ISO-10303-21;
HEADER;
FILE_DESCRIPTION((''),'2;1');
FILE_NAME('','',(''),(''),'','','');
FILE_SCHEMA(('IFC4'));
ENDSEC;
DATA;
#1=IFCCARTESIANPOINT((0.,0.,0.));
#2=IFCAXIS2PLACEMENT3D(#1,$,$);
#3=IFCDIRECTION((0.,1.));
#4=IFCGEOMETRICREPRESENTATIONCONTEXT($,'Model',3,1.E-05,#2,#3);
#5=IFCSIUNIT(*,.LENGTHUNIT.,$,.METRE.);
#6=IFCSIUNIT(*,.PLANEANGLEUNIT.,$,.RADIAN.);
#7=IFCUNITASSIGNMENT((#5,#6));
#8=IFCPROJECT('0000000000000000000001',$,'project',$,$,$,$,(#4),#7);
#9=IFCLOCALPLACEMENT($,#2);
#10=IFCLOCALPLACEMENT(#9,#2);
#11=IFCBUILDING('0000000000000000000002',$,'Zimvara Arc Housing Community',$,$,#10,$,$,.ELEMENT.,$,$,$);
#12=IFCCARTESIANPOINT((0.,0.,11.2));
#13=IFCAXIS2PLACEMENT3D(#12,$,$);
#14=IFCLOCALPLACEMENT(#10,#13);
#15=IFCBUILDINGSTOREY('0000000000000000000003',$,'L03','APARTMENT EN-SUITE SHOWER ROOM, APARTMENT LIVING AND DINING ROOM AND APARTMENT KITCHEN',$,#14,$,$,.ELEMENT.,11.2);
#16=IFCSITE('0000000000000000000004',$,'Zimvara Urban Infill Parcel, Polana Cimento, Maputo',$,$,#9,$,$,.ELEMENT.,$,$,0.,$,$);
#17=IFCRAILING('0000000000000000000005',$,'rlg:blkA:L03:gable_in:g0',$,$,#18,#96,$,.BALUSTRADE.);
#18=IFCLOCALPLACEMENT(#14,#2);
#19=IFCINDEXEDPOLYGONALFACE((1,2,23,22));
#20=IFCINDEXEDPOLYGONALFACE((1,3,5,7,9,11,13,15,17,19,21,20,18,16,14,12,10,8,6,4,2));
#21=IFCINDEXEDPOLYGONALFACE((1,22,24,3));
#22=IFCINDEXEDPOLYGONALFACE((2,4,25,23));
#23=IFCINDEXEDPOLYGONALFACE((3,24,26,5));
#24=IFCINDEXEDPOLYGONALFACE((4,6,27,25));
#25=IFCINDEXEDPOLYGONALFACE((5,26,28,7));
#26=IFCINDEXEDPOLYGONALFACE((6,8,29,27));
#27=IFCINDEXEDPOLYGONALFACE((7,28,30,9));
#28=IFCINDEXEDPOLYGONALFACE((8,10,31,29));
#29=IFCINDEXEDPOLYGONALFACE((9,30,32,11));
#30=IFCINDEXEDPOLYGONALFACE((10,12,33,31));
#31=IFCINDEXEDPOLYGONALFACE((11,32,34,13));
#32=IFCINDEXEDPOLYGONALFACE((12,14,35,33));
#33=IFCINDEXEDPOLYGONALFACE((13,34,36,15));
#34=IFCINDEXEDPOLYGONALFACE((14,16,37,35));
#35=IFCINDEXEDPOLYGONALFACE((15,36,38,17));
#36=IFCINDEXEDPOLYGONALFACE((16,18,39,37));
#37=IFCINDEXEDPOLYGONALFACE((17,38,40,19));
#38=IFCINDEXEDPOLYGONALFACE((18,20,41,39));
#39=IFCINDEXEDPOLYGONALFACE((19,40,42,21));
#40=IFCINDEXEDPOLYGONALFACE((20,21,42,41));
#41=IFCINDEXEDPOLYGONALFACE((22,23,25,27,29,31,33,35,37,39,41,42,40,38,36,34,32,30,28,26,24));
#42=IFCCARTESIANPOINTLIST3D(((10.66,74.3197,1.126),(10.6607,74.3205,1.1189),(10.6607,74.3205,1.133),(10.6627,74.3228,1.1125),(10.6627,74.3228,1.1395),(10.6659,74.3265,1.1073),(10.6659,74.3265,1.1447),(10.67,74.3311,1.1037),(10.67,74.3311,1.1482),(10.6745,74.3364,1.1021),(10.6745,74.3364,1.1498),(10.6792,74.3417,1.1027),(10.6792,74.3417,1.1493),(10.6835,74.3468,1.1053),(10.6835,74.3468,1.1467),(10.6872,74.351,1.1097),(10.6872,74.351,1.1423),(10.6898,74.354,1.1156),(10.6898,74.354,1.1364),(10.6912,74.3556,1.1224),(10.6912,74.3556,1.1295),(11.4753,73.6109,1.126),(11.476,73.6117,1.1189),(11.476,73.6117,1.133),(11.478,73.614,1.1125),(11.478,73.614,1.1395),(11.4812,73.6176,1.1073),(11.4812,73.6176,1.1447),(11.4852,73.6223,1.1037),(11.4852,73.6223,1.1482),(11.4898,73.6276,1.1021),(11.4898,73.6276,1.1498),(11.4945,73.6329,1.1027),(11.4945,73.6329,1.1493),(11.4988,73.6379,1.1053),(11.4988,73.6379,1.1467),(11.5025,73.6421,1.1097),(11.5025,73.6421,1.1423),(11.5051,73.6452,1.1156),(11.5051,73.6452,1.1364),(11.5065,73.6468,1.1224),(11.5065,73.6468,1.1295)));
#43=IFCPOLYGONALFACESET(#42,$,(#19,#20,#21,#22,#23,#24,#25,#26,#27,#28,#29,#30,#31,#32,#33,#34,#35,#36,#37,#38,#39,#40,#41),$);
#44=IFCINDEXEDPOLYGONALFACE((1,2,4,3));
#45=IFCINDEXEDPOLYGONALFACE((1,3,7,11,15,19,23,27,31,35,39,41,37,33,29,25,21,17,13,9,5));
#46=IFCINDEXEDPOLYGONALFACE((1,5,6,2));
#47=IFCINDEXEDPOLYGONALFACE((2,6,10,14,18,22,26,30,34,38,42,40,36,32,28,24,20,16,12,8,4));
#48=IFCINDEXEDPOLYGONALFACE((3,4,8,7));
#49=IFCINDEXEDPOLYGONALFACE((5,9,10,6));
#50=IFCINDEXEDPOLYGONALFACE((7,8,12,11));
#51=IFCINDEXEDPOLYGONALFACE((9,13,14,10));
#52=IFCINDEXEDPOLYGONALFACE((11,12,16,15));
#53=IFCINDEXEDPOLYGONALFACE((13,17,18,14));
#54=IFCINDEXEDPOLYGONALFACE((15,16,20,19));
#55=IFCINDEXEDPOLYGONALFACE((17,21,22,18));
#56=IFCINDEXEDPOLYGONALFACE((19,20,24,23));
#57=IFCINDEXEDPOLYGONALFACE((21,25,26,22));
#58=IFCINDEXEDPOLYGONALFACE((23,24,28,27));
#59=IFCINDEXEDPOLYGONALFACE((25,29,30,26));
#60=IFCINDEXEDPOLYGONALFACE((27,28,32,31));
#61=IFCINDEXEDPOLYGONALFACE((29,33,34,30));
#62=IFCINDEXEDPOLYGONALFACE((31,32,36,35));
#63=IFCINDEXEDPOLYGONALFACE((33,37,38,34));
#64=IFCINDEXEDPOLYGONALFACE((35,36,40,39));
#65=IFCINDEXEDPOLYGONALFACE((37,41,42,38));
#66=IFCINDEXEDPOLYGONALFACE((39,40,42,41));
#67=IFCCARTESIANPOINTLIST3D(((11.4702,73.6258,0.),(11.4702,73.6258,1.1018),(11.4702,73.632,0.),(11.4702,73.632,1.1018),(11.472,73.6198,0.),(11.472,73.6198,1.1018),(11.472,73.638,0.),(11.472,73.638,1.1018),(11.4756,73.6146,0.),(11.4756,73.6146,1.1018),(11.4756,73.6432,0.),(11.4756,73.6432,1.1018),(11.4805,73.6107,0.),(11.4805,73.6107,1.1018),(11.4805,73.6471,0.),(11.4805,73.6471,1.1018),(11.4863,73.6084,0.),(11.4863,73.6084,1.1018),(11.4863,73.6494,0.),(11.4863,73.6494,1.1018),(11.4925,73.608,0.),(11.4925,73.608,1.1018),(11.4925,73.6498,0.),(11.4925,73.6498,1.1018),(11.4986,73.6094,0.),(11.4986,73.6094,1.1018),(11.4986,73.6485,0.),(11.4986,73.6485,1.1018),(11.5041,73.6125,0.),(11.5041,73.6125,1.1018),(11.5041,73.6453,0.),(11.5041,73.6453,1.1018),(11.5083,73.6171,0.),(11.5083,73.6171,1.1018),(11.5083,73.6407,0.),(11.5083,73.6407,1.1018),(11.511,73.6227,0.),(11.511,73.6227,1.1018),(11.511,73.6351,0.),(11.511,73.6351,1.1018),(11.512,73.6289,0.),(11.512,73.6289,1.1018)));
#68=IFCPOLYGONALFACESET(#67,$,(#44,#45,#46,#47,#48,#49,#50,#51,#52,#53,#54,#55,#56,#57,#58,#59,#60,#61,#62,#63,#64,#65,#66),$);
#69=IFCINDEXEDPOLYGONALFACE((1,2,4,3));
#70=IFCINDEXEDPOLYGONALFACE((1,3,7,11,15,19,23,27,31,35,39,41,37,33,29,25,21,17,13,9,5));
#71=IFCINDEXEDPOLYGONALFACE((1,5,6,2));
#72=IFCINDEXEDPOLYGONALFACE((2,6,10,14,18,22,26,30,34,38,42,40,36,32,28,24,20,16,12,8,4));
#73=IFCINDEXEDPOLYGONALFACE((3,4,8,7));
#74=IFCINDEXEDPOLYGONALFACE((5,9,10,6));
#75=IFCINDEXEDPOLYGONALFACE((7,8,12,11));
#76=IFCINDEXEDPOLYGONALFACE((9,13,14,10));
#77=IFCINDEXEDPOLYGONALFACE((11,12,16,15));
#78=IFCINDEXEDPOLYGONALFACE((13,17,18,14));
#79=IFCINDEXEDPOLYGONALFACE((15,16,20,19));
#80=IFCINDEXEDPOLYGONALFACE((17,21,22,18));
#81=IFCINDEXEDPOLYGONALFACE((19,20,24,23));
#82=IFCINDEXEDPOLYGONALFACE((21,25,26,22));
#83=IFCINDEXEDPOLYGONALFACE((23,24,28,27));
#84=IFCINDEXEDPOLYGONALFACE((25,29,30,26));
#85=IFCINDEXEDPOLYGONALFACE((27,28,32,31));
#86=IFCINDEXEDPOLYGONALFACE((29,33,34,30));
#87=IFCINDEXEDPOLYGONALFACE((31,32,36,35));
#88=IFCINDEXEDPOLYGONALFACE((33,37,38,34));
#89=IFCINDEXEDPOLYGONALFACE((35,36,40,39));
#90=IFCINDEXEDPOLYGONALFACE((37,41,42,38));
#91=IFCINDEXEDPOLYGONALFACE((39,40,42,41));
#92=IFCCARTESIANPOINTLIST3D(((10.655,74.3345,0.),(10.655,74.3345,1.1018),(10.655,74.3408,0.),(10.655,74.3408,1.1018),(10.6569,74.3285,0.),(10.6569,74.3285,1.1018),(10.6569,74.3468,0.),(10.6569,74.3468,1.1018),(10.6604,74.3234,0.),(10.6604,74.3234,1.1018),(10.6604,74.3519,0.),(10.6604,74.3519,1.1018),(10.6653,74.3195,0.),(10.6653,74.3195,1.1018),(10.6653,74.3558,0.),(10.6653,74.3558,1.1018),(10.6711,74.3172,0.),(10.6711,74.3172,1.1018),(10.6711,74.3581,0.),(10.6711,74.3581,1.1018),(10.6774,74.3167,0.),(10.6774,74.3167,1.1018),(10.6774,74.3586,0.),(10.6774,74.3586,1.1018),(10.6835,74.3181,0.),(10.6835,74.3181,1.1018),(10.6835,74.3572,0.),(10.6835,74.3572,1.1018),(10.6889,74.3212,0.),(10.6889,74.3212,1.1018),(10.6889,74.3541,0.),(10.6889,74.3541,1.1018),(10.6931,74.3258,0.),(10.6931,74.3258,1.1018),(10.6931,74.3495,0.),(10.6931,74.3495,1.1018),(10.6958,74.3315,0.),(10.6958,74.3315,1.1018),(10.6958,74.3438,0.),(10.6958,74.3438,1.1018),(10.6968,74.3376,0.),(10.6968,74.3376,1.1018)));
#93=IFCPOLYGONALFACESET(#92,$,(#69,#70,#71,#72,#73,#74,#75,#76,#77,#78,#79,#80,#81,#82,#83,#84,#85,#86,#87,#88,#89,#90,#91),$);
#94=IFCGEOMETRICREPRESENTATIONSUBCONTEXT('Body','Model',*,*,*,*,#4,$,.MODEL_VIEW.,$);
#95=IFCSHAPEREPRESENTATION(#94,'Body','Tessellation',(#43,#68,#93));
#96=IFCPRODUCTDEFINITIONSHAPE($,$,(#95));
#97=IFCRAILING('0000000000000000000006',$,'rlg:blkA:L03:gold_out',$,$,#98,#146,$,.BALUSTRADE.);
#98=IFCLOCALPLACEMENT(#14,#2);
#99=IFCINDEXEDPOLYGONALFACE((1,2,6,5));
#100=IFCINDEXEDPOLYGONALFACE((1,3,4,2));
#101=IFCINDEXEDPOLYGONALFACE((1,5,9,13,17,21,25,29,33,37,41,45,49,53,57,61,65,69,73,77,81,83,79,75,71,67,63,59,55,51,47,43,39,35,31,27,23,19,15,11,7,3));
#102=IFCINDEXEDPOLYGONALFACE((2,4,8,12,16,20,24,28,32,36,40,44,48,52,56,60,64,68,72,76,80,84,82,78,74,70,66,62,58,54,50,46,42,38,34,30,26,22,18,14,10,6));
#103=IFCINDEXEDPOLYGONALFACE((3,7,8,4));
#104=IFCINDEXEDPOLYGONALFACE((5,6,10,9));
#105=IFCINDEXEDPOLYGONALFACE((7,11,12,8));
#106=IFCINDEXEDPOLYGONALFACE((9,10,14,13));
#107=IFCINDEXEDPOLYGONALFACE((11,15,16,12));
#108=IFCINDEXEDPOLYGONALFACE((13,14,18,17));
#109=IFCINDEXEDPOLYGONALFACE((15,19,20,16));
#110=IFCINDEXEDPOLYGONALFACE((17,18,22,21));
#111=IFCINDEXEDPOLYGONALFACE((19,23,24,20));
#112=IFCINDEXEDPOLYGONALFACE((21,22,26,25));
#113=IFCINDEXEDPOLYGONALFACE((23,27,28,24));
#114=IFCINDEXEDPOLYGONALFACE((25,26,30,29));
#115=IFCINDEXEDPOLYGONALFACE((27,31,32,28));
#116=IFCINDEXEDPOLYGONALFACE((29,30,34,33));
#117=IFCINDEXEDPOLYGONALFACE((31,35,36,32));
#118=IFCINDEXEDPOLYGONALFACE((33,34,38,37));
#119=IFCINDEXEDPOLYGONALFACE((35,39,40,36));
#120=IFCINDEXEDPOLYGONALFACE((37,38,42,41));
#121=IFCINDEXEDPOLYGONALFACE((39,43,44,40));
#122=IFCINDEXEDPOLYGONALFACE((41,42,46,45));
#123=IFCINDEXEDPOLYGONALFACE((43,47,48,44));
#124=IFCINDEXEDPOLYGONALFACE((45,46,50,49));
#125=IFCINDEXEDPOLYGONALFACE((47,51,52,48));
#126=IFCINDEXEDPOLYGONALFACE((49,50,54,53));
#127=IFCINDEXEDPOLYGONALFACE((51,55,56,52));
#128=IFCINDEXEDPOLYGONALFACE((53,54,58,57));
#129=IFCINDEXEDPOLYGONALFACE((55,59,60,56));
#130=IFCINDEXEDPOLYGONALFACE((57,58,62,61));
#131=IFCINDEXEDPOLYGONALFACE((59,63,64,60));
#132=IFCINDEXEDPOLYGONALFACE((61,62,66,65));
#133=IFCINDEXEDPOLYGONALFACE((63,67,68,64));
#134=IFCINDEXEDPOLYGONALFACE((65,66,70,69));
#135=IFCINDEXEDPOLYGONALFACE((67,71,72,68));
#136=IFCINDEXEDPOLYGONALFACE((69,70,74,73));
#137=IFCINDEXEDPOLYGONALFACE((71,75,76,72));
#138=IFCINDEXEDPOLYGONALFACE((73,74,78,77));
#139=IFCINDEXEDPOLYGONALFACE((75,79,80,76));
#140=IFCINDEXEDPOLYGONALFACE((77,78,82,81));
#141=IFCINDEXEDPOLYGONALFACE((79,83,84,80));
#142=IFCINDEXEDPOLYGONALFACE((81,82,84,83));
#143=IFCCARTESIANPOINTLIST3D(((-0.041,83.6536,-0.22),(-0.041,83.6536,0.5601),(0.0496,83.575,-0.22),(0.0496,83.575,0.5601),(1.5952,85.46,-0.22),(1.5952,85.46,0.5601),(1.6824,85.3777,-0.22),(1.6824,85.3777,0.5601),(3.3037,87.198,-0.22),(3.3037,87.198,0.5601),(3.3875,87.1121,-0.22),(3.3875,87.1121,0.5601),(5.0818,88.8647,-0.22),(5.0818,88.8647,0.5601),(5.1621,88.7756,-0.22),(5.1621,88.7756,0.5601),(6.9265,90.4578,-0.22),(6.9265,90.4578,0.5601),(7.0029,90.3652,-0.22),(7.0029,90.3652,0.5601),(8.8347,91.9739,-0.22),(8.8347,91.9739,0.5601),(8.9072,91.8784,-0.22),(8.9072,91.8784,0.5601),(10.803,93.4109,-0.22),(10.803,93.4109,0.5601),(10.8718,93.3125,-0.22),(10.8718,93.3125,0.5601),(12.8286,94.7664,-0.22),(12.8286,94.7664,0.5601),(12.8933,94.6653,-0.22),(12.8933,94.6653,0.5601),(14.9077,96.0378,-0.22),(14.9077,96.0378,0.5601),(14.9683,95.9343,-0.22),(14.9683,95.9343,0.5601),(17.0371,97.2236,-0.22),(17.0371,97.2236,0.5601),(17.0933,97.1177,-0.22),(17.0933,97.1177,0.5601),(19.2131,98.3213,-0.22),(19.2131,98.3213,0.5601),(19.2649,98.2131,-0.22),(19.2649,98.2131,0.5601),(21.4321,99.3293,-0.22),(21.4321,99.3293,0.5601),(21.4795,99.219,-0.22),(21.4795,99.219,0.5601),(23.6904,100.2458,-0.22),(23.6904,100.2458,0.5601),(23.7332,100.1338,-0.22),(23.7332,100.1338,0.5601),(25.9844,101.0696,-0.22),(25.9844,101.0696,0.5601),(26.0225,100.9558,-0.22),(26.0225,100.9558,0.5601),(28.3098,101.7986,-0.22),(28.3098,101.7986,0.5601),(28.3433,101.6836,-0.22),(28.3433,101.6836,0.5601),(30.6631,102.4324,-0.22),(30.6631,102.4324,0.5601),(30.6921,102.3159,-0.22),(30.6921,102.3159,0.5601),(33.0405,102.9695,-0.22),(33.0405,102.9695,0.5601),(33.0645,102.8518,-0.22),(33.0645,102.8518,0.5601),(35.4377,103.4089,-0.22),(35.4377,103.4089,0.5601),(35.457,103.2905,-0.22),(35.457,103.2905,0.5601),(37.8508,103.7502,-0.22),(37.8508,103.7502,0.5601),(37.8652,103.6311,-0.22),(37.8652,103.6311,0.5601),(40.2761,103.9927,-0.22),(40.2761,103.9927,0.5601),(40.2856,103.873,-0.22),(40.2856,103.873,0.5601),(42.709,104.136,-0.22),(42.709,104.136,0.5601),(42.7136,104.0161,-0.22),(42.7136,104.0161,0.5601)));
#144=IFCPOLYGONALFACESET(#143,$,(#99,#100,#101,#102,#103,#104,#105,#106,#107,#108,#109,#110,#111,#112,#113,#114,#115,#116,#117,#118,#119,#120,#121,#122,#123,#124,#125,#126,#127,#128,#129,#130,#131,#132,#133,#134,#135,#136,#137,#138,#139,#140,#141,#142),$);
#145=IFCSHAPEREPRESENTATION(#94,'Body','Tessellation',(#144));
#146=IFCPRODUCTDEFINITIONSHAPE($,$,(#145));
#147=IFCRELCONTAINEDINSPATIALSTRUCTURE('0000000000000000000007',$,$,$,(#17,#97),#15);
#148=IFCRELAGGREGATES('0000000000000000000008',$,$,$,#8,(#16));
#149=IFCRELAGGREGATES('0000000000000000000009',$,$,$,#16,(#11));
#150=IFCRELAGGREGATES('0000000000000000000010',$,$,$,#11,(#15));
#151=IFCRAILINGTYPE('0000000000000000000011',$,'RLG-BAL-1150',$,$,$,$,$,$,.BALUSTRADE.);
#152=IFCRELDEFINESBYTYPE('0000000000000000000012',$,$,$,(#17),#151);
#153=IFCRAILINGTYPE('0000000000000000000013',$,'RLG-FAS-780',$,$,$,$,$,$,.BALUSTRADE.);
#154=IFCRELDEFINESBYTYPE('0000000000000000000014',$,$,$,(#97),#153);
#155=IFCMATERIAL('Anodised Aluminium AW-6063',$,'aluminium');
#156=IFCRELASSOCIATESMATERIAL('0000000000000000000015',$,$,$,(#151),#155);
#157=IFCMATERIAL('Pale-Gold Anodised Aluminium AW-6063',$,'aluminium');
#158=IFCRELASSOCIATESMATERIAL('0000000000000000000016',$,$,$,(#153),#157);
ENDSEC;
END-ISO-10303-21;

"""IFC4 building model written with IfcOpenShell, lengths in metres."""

from ifc_helpers import new_model, si_unit, direction, frame, origin, origin_2d, place, context, subcontext, project, spatial, polyline, circle, outline, extrude, material, type_object, element, save


model = new_model("IFC4")

# Units and contexts
model_context = context("Model", 3, precision=1e-05, world=origin(), true_north=direction((0.0, 1.0)))
body_context = subcontext(model_context, "Body", "Model", "MODEL_VIEW")
ifc_project = project(units=[si_unit("LENGTHUNIT", "METRE"), si_unit("PLANEANGLEUNIT", "RADIAN")], contexts=[model_context])

# Site, building, storey
site_placement = place(None, origin())
site = spatial("IfcSite", under=ifc_project, at=site_placement, Name="Zimvara Urban Infill Parcel, Polana Cimento, Maputo", CompositionType="ELEMENT", RefElevation=0.0)
building_placement = place(site_placement, origin())
building = spatial("IfcBuilding", under=site, at=building_placement, Name="Zimvara Arc Housing Community", CompositionType="ELEMENT")
storey_placement = place(building_placement, frame((0.0, 0.0, 11.2)))
storey = spatial("IfcBuildingStorey", under=building, at=storey_placement, Name="L03", Description="APARTMENT EN-SUITE SHOWER ROOM, APARTMENT LIVING AND DINING ROOM AND APARTMENT KITCHEN", CompositionType="ELEMENT", Elevation=11.2)

# Railings
ifc_material_1 = material(Name="Anodised Aluminium AW-6063", Category="aluminium")
railing_type_1 = type_object("IfcRailingType", Name="RLG-BAL-1150", PredefinedType="BALUSTRADE", material=ifc_material_1)
railing_1_placement = place(storey_placement, frame((11.491, 73.6289, 0.0)))
element("IfcRailing", 1, at=railing_1_placement, inside=storey, type_object=railing_type_1, Name="rlg:blkA:L03:gable_in:g0", PredefinedType="BALUSTRADE", context=body_context, shape_type="SweptSolid", body=[
    extrude(circle(Radius=0.0239, at=origin_2d()), frame((0.0, 0.0, 1.126), z_axis=(-0.754659, 0.656117, 0.0), x_axis=(-0.656117, -0.754659, 0.0)), (0.0, 0.0, 1.0), 1.0803),
    extrude(circle(Radius=0.021, at=origin_2d()), origin(), (0.0, 0.0, 1.0), 1.1018),
    extrude(circle(Radius=0.021, at=origin_2d()), frame((-0.8152, 0.7087, 0.0)), (0.0, 0.0, 1.0), 1.1018),
])
ifc_material_2 = material(Name="Pale-Gold Anodised Aluminium AW-6063", Category="aluminium")
railing_type_2 = type_object("IfcRailingType", Name="RLG-FAS-780", PredefinedType="BALUSTRADE", material=ifc_material_2)
railing_2_placement = place(storey_placement, frame((0.0, 0.0, -0.22)))
element("IfcRailing", 2, at=railing_2_placement, inside=storey, type_object=railing_type_2, Name="rlg:blkA:L03:gold_out", PredefinedType="BALUSTRADE", context=body_context, shape_type="SweptSolid", body=[
    extrude(outline(polyline([(0.0496, 83.575), (1.6824, 85.3777), (3.3875, 87.1121), (5.1621, 88.7756), (7.0029, 90.3652), (8.9072, 91.8784), (10.8718, 93.3125), (12.8933, 94.6653), (14.9683, 95.9343), (17.0933, 97.1177), (19.2649, 98.2131), (21.4795, 99.219), (23.7332, 100.1338), (26.0225, 100.9558), (28.3433, 101.6836), (30.6921, 102.3159), (33.0645, 102.8518), (35.457, 103.2905), (37.8652, 103.6311), (40.2856, 103.873), (42.7136, 104.0161), (42.709, 104.136), (40.2761, 103.9927), (37.8508, 103.7502), (35.4377, 103.4089), (33.0405, 102.9695), (30.6631, 102.4324), (28.3098, 101.7986), (25.9844, 101.0696), (23.6904, 100.2458), (21.4321, 99.3293), (19.2131, 98.3213), (17.0371, 97.2236), (14.9077, 96.0378), (12.8286, 94.7664), (10.803, 93.4109), (8.8347, 91.9739), (6.9265, 90.4578), (5.0818, 88.8647), (3.3037, 87.198), (1.5952, 85.46), (-0.041, 83.6536), (0.0496, 83.575)])), origin(), (0.0, 0.0, 1.0), 0.78),
])

save(model, "model.ifc")
